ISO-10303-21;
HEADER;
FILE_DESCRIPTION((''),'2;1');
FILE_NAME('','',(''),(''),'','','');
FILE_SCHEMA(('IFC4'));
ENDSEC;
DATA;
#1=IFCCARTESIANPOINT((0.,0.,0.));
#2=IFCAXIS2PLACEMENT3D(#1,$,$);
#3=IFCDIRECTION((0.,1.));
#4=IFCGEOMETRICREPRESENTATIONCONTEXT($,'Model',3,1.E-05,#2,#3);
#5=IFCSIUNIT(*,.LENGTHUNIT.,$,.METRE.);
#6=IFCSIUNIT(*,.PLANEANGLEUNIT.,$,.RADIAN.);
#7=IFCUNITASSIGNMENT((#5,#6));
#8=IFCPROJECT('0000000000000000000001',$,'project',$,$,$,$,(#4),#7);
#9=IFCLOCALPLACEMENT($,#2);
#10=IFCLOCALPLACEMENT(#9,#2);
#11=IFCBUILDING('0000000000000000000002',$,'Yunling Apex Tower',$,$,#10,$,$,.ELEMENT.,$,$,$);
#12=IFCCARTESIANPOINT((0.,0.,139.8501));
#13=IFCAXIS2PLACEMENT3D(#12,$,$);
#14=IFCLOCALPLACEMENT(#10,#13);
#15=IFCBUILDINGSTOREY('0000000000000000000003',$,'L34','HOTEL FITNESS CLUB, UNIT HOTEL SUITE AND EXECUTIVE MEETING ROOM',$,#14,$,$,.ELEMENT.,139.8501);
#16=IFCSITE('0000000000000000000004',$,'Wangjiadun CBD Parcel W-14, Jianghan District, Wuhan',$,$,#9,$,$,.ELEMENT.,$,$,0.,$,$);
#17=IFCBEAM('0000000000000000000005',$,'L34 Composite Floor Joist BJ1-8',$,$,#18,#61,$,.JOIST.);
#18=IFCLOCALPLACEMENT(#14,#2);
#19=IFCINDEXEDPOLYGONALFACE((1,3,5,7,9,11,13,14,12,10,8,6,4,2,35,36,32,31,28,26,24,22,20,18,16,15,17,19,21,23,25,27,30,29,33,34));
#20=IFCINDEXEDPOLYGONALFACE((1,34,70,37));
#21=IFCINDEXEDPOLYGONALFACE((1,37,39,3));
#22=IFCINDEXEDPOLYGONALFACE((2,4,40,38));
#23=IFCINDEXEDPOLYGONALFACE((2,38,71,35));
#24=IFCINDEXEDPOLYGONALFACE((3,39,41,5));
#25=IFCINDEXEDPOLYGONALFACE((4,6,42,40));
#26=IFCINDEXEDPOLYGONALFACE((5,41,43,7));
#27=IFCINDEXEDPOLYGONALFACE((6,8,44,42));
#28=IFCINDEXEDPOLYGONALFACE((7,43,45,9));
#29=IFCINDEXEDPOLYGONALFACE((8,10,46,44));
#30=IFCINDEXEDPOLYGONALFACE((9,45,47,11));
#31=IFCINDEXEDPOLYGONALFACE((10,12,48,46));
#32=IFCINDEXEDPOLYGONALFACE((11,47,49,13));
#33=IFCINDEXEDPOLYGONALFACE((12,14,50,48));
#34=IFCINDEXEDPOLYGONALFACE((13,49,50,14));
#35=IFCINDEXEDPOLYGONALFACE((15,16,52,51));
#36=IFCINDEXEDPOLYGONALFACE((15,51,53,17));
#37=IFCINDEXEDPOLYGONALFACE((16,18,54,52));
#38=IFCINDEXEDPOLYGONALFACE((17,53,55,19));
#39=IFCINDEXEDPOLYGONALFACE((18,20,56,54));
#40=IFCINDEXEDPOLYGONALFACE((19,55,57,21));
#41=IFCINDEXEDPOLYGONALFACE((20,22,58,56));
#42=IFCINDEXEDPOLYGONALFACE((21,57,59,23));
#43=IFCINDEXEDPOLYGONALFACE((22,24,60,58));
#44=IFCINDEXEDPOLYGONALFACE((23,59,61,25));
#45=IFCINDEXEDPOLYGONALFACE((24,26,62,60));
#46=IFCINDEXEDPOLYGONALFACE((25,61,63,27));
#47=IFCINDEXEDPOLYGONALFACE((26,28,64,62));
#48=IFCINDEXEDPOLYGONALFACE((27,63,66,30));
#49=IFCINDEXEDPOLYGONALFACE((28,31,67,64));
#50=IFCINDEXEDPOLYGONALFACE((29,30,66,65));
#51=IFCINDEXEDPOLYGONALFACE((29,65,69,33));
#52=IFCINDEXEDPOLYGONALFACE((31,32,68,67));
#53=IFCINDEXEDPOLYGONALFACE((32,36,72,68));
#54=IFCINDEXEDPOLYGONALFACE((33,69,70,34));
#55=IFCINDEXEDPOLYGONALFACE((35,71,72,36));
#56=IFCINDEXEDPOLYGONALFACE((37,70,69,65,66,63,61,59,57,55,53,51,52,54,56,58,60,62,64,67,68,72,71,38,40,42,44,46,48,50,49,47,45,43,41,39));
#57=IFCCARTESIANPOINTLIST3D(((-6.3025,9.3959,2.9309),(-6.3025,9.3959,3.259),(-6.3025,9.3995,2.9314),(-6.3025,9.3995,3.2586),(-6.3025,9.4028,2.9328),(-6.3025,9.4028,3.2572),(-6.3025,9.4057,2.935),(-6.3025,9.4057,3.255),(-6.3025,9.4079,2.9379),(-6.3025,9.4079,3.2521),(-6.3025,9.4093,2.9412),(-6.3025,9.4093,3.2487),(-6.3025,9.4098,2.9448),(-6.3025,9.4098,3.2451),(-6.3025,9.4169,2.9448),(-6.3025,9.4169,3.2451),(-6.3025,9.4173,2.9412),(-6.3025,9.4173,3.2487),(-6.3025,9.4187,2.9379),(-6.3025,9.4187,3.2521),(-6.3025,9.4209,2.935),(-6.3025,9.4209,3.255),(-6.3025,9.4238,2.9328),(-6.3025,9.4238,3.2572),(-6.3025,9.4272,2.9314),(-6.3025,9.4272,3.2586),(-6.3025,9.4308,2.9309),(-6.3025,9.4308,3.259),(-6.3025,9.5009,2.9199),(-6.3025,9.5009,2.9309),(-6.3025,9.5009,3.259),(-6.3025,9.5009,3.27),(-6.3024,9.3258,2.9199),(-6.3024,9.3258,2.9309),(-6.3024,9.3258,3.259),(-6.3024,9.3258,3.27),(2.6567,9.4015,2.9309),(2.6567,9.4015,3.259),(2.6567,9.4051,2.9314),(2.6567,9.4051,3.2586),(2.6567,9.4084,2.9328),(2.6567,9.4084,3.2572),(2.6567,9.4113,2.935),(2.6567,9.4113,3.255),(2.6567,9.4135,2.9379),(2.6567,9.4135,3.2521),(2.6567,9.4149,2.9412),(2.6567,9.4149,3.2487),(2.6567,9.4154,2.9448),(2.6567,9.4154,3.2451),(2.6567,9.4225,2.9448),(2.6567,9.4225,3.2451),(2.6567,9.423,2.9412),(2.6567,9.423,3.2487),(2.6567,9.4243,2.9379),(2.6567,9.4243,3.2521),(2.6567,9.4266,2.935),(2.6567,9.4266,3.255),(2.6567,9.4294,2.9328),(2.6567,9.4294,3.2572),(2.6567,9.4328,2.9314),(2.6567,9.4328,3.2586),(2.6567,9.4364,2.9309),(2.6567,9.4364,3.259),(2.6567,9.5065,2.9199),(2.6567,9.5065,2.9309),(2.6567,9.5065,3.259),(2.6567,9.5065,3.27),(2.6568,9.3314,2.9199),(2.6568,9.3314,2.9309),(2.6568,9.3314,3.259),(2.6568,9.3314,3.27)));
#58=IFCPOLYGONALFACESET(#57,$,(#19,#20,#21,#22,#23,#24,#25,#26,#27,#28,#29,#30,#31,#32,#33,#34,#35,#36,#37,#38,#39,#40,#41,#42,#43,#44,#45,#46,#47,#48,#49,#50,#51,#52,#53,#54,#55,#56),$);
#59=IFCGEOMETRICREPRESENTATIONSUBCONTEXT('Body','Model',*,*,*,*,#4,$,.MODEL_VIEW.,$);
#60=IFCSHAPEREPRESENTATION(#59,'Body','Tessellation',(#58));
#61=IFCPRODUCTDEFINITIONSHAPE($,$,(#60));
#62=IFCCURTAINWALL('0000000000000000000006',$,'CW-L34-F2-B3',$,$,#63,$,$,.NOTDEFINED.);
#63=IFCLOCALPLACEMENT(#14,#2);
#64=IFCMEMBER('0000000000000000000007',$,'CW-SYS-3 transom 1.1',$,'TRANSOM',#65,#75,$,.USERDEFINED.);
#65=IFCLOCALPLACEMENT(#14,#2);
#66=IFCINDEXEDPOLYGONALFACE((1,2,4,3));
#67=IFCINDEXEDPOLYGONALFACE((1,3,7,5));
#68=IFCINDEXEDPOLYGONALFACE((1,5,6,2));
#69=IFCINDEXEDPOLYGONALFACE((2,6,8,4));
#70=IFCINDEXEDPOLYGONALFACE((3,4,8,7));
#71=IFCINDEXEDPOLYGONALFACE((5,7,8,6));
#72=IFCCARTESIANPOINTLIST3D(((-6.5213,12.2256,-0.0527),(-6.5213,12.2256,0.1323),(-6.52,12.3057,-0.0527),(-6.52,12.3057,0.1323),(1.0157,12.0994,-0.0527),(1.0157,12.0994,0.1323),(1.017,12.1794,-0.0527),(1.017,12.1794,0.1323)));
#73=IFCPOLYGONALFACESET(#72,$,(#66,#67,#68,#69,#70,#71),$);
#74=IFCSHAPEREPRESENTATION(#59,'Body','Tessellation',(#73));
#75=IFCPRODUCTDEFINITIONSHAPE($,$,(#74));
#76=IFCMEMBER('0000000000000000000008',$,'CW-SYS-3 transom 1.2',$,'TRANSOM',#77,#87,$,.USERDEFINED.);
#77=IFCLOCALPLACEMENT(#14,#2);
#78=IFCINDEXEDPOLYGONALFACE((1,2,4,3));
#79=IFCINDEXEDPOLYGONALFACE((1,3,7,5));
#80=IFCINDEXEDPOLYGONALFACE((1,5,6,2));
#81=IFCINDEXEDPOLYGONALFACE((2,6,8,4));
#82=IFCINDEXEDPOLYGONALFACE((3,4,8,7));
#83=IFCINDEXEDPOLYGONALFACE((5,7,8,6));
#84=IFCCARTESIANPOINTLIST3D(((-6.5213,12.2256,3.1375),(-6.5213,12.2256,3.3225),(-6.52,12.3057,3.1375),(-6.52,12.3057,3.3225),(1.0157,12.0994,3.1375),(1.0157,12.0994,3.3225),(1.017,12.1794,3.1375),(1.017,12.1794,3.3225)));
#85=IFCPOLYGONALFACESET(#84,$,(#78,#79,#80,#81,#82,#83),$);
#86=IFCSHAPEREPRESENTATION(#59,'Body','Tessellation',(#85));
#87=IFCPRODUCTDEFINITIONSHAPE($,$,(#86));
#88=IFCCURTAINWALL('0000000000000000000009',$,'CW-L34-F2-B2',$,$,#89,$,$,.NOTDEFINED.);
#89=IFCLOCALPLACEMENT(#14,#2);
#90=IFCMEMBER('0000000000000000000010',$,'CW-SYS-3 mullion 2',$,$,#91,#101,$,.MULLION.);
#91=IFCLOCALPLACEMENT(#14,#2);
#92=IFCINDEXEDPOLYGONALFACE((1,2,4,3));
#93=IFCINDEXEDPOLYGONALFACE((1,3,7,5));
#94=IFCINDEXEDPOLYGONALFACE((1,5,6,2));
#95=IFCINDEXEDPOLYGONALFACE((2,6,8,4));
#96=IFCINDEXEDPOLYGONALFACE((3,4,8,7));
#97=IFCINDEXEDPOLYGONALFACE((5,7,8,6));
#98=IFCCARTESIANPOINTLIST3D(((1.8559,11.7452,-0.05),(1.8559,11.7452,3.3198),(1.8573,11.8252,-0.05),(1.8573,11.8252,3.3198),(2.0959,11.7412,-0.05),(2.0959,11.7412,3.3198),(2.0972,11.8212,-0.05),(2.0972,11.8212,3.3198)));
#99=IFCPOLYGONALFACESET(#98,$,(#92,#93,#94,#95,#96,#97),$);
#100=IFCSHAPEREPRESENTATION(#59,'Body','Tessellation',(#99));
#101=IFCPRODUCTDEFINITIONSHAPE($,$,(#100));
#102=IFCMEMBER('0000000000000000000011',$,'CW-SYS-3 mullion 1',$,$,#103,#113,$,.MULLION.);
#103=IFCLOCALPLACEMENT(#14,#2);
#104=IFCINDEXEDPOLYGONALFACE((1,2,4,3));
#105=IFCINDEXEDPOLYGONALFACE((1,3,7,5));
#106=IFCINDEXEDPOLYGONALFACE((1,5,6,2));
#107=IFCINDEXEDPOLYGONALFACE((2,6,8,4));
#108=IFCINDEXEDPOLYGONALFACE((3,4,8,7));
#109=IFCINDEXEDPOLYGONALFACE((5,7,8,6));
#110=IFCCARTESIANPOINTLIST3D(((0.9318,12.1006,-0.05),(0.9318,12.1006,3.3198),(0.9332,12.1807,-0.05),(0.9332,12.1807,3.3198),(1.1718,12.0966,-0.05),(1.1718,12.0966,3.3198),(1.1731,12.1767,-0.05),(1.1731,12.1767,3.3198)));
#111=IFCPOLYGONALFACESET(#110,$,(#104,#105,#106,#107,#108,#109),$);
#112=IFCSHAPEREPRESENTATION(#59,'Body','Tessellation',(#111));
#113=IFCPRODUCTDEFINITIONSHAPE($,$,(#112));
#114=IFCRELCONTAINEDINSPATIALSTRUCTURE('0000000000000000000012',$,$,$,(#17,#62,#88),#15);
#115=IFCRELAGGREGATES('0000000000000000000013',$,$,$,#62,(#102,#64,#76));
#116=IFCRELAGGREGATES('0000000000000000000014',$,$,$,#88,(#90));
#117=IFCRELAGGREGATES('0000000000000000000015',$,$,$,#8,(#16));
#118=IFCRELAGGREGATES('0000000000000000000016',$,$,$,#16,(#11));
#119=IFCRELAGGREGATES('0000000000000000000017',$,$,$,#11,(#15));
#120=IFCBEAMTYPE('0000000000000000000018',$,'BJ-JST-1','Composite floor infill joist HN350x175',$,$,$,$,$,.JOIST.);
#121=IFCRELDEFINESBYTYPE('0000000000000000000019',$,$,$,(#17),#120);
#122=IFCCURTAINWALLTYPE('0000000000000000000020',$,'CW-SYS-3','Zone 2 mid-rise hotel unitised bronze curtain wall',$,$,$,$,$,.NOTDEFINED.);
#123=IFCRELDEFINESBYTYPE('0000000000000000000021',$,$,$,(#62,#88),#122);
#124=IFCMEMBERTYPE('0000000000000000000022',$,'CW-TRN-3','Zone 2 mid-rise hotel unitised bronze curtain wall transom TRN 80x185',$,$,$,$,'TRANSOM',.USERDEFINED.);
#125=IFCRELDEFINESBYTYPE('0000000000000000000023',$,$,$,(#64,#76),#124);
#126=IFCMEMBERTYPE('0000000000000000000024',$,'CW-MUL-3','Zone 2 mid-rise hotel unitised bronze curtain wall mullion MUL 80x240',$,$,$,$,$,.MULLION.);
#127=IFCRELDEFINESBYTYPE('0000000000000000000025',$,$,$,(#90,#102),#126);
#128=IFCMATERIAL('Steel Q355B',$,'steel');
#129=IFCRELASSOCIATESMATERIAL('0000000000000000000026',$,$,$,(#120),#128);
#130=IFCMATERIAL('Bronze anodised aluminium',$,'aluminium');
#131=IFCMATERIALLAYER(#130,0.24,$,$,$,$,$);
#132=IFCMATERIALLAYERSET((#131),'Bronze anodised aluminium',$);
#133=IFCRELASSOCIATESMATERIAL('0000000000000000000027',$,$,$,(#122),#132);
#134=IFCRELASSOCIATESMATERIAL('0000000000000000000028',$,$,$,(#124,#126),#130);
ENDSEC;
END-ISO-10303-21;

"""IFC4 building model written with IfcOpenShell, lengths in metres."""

from ifc_helpers import new_model, si_unit, direction, frame, origin, origin_2d, place, context, subcontext, project, spatial, rectangle, i_section, extrude, source, transform, mapped, material, layer, layer_set, material_profile, profile_set, type_object, element, aggregate, save


model = new_model("IFC4")

# Units and contexts
model_context = context("Model", 3, precision=1e-05, world=origin(), true_north=direction((0.0, 1.0)))
body_context = subcontext(model_context, "Body", "Model", "MODEL_VIEW")
ifc_project = project(units=[si_unit("LENGTHUNIT", "METRE"), si_unit("PLANEANGLEUNIT", "RADIAN")], contexts=[model_context])

# Site, building, storey
site_placement = place(None, origin())
site = spatial("IfcSite", under=ifc_project, at=site_placement, Name="Wangjiadun CBD Parcel W-14, Jianghan District, Wuhan", CompositionType="ELEMENT", RefElevation=0.0)
building_placement = place(site_placement, origin())
building = spatial("IfcBuilding", under=site, at=building_placement, Name="Yunling Apex Tower", CompositionType="ELEMENT")
storey_placement = place(building_placement, frame((0.0, 0.0, 139.8501)))
storey = spatial("IfcBuildingStorey", under=building, at=storey_placement, Name="L34", Description="HOTEL FITNESS CLUB, UNIT HOTEL SUITE AND EXECUTIVE MEETING ROOM", CompositionType="ELEMENT", Elevation=139.8501)

# Beam
ifc_material_1 = material(Name="Steel Q355B", Category="steel")
ifc_material_profile_1 = material_profile(ifc_material_1, i_section(OverallWidth=0.175, OverallDepth=0.3501, WebThickness=0.0071, FlangeThickness=0.011, FilletRadius=0.0139, at=origin_2d()))
ifc_profile_set_1 = profile_set([ifc_material_profile_1], Name="Steel Q355B")
beam_type_1 = type_object("IfcBeamType", Name="BJ-JST-1", Description="Composite floor infill joist HN350x175", PredefinedType="JOIST", material=ifc_profile_set_1)
shared_shape_1 = source(origin(), body_context, "Body", "SweptSolid", [
    extrude(i_section(OverallWidth=0.175, OverallDepth=0.3501, WebThickness=0.0071, FlangeThickness=0.011, FilletRadius=0.0139, at=origin_2d()), origin(), (0.0, 0.0, 1.0), 8.9592),
])
beam_1_placement = place(storey_placement, frame((2.6567, 9.4189, 3.095), z_axis=(-1.0, -0.000627, 0.0), x_axis=(0.000627, -1.0, 0.0)))
element("IfcBeam", 1, at=beam_1_placement, inside=storey, type_object=beam_type_1, Name="L34 Composite Floor Joist BJ1-8", PredefinedType="JOIST", context=body_context, shape_type="MappedRepresentation", body=[
    mapped(shared_shape_1, transform((0.0, 0.0, 0.0), scale=1.0)),
])

# Curtain wall, members
ifc_material_2 = material(Name="Bronze anodised aluminium", Category="aluminium")
ifc_layer_1 = layer(ifc_material_2, 0.24)
ifc_layer_set_1 = layer_set([ifc_layer_1], Name="Bronze anodised aluminium")
curtain_wall_type = type_object("IfcCurtainWallType", Name="CW-SYS-3", Description="Zone 2 mid-rise hotel unitised bronze curtain wall", PredefinedType="NOTDEFINED", material=ifc_layer_set_1)
curtain_wall_1_placement = place(storey_placement, origin())
curtain_wall_1 = element("IfcCurtainWall", 2, at=curtain_wall_1_placement, inside=storey, type_object=curtain_wall_type, Name="CW-L34-F2-B3", PredefinedType="NOTDEFINED")
ifc_material_profile_2 = material_profile(ifc_material_2, rectangle(XDim=0.0801, YDim=0.1851, at=origin_2d()))
ifc_profile_set_2 = profile_set([ifc_material_profile_2], Name="Bronze anodised aluminium")
member_type_1 = type_object("IfcMemberType", Name="CW-TRN-3", Description="Zone 2 mid-rise hotel unitised bronze curtain wall transom TRN 80x185", ElementType="TRANSOM", PredefinedType="USERDEFINED", material=ifc_profile_set_2)
shared_shape_2 = source(origin(), body_context, "Body", "SweptSolid", [
    extrude(rectangle(XDim=0.0801, YDim=0.1851, at=origin_2d()), origin(), (0.0, 0.0, 1.0), 7.5381),
])
member_1_placement = place(storey_placement, frame((1.0164, 12.1394, 0.0398), z_axis=(-0.99986, 0.016744, 0.0), x_axis=(-0.016744, -0.99986, 0.0)))
member_1 = element("IfcMember", 3, at=member_1_placement, type_object=member_type_1, Name="CW-SYS-3 transom 1.1", ObjectType="TRANSOM", PredefinedType="USERDEFINED", context=body_context, shape_type="MappedRepresentation", body=[
    mapped(shared_shape_2, transform((0.0, 0.0, 0.0), scale=1.0)),
])
member_2_placement = place(storey_placement, frame((1.0164, 12.1394, 3.23), z_axis=(-0.99986, 0.016744, 0.0), x_axis=(-0.016744, -0.99986, 0.0)))
member_2 = element("IfcMember", 4, at=member_2_placement, type_object=member_type_1, Name="CW-SYS-3 transom 1.2", ObjectType="TRANSOM", PredefinedType="USERDEFINED", context=body_context, shape_type="MappedRepresentation", body=[
    mapped(shared_shape_2, transform((0.0, 0.0, 0.0), scale=1.0)),
])

# Curtain wall, member
curtain_wall_2_placement = place(storey_placement, origin())
curtain_wall_2 = element("IfcCurtainWall", 5, at=curtain_wall_2_placement, inside=storey, type_object=curtain_wall_type, Name="CW-L34-F2-B2", PredefinedType="NOTDEFINED")
ifc_material_profile_3 = material_profile(ifc_material_2, rectangle(XDim=0.0801, YDim=0.24, at=origin_2d()))
ifc_profile_set_3 = profile_set([ifc_material_profile_3], Name="Bronze anodised aluminium")
member_type_2 = type_object("IfcMemberType", Name="CW-MUL-3", Description="Zone 2 mid-rise hotel unitised bronze curtain wall mullion MUL 80x240", PredefinedType="MULLION", material=ifc_profile_set_3)
shared_shape_3 = source(origin(), body_context, "Body", "SweptSolid", [
    extrude(rectangle(XDim=0.0801, YDim=0.24, at=origin_2d()), origin(), (0.0, 0.0, 1.0), 3.3699),
])
member_3_placement = place(storey_placement, frame((1.9766, 11.7832, -0.05), z_axis=(0.0, 0.0, 1.0), x_axis=(-0.016767, -0.999859, 0.0)))
member_3 = element("IfcMember", 6, at=member_3_placement, type_object=member_type_2, Name="CW-SYS-3 mullion 2", PredefinedType="MULLION", context=body_context, shape_type="MappedRepresentation", body=[
    mapped(shared_shape_3, transform((0.0, 0.0, 0.0), scale=1.0)),
])

# Member
member_4_placement = place(storey_placement, frame((1.0525, 12.1387, -0.05), z_axis=(0.0, 0.0, 1.0), x_axis=(-0.016762, -0.99986, 0.0)))
member_4 = element("IfcMember", 7, at=member_4_placement, type_object=member_type_2, Name="CW-SYS-3 mullion 1", PredefinedType="MULLION", context=body_context, shape_type="MappedRepresentation", body=[
    mapped(shared_shape_3, transform((0.0, 0.0, 0.0), scale=1.0)),
])
aggregate(curtain_wall_1, [member_4, member_1, member_2])

aggregate(curtain_wall_2, [member_3])

save(model, "model.ifc")
